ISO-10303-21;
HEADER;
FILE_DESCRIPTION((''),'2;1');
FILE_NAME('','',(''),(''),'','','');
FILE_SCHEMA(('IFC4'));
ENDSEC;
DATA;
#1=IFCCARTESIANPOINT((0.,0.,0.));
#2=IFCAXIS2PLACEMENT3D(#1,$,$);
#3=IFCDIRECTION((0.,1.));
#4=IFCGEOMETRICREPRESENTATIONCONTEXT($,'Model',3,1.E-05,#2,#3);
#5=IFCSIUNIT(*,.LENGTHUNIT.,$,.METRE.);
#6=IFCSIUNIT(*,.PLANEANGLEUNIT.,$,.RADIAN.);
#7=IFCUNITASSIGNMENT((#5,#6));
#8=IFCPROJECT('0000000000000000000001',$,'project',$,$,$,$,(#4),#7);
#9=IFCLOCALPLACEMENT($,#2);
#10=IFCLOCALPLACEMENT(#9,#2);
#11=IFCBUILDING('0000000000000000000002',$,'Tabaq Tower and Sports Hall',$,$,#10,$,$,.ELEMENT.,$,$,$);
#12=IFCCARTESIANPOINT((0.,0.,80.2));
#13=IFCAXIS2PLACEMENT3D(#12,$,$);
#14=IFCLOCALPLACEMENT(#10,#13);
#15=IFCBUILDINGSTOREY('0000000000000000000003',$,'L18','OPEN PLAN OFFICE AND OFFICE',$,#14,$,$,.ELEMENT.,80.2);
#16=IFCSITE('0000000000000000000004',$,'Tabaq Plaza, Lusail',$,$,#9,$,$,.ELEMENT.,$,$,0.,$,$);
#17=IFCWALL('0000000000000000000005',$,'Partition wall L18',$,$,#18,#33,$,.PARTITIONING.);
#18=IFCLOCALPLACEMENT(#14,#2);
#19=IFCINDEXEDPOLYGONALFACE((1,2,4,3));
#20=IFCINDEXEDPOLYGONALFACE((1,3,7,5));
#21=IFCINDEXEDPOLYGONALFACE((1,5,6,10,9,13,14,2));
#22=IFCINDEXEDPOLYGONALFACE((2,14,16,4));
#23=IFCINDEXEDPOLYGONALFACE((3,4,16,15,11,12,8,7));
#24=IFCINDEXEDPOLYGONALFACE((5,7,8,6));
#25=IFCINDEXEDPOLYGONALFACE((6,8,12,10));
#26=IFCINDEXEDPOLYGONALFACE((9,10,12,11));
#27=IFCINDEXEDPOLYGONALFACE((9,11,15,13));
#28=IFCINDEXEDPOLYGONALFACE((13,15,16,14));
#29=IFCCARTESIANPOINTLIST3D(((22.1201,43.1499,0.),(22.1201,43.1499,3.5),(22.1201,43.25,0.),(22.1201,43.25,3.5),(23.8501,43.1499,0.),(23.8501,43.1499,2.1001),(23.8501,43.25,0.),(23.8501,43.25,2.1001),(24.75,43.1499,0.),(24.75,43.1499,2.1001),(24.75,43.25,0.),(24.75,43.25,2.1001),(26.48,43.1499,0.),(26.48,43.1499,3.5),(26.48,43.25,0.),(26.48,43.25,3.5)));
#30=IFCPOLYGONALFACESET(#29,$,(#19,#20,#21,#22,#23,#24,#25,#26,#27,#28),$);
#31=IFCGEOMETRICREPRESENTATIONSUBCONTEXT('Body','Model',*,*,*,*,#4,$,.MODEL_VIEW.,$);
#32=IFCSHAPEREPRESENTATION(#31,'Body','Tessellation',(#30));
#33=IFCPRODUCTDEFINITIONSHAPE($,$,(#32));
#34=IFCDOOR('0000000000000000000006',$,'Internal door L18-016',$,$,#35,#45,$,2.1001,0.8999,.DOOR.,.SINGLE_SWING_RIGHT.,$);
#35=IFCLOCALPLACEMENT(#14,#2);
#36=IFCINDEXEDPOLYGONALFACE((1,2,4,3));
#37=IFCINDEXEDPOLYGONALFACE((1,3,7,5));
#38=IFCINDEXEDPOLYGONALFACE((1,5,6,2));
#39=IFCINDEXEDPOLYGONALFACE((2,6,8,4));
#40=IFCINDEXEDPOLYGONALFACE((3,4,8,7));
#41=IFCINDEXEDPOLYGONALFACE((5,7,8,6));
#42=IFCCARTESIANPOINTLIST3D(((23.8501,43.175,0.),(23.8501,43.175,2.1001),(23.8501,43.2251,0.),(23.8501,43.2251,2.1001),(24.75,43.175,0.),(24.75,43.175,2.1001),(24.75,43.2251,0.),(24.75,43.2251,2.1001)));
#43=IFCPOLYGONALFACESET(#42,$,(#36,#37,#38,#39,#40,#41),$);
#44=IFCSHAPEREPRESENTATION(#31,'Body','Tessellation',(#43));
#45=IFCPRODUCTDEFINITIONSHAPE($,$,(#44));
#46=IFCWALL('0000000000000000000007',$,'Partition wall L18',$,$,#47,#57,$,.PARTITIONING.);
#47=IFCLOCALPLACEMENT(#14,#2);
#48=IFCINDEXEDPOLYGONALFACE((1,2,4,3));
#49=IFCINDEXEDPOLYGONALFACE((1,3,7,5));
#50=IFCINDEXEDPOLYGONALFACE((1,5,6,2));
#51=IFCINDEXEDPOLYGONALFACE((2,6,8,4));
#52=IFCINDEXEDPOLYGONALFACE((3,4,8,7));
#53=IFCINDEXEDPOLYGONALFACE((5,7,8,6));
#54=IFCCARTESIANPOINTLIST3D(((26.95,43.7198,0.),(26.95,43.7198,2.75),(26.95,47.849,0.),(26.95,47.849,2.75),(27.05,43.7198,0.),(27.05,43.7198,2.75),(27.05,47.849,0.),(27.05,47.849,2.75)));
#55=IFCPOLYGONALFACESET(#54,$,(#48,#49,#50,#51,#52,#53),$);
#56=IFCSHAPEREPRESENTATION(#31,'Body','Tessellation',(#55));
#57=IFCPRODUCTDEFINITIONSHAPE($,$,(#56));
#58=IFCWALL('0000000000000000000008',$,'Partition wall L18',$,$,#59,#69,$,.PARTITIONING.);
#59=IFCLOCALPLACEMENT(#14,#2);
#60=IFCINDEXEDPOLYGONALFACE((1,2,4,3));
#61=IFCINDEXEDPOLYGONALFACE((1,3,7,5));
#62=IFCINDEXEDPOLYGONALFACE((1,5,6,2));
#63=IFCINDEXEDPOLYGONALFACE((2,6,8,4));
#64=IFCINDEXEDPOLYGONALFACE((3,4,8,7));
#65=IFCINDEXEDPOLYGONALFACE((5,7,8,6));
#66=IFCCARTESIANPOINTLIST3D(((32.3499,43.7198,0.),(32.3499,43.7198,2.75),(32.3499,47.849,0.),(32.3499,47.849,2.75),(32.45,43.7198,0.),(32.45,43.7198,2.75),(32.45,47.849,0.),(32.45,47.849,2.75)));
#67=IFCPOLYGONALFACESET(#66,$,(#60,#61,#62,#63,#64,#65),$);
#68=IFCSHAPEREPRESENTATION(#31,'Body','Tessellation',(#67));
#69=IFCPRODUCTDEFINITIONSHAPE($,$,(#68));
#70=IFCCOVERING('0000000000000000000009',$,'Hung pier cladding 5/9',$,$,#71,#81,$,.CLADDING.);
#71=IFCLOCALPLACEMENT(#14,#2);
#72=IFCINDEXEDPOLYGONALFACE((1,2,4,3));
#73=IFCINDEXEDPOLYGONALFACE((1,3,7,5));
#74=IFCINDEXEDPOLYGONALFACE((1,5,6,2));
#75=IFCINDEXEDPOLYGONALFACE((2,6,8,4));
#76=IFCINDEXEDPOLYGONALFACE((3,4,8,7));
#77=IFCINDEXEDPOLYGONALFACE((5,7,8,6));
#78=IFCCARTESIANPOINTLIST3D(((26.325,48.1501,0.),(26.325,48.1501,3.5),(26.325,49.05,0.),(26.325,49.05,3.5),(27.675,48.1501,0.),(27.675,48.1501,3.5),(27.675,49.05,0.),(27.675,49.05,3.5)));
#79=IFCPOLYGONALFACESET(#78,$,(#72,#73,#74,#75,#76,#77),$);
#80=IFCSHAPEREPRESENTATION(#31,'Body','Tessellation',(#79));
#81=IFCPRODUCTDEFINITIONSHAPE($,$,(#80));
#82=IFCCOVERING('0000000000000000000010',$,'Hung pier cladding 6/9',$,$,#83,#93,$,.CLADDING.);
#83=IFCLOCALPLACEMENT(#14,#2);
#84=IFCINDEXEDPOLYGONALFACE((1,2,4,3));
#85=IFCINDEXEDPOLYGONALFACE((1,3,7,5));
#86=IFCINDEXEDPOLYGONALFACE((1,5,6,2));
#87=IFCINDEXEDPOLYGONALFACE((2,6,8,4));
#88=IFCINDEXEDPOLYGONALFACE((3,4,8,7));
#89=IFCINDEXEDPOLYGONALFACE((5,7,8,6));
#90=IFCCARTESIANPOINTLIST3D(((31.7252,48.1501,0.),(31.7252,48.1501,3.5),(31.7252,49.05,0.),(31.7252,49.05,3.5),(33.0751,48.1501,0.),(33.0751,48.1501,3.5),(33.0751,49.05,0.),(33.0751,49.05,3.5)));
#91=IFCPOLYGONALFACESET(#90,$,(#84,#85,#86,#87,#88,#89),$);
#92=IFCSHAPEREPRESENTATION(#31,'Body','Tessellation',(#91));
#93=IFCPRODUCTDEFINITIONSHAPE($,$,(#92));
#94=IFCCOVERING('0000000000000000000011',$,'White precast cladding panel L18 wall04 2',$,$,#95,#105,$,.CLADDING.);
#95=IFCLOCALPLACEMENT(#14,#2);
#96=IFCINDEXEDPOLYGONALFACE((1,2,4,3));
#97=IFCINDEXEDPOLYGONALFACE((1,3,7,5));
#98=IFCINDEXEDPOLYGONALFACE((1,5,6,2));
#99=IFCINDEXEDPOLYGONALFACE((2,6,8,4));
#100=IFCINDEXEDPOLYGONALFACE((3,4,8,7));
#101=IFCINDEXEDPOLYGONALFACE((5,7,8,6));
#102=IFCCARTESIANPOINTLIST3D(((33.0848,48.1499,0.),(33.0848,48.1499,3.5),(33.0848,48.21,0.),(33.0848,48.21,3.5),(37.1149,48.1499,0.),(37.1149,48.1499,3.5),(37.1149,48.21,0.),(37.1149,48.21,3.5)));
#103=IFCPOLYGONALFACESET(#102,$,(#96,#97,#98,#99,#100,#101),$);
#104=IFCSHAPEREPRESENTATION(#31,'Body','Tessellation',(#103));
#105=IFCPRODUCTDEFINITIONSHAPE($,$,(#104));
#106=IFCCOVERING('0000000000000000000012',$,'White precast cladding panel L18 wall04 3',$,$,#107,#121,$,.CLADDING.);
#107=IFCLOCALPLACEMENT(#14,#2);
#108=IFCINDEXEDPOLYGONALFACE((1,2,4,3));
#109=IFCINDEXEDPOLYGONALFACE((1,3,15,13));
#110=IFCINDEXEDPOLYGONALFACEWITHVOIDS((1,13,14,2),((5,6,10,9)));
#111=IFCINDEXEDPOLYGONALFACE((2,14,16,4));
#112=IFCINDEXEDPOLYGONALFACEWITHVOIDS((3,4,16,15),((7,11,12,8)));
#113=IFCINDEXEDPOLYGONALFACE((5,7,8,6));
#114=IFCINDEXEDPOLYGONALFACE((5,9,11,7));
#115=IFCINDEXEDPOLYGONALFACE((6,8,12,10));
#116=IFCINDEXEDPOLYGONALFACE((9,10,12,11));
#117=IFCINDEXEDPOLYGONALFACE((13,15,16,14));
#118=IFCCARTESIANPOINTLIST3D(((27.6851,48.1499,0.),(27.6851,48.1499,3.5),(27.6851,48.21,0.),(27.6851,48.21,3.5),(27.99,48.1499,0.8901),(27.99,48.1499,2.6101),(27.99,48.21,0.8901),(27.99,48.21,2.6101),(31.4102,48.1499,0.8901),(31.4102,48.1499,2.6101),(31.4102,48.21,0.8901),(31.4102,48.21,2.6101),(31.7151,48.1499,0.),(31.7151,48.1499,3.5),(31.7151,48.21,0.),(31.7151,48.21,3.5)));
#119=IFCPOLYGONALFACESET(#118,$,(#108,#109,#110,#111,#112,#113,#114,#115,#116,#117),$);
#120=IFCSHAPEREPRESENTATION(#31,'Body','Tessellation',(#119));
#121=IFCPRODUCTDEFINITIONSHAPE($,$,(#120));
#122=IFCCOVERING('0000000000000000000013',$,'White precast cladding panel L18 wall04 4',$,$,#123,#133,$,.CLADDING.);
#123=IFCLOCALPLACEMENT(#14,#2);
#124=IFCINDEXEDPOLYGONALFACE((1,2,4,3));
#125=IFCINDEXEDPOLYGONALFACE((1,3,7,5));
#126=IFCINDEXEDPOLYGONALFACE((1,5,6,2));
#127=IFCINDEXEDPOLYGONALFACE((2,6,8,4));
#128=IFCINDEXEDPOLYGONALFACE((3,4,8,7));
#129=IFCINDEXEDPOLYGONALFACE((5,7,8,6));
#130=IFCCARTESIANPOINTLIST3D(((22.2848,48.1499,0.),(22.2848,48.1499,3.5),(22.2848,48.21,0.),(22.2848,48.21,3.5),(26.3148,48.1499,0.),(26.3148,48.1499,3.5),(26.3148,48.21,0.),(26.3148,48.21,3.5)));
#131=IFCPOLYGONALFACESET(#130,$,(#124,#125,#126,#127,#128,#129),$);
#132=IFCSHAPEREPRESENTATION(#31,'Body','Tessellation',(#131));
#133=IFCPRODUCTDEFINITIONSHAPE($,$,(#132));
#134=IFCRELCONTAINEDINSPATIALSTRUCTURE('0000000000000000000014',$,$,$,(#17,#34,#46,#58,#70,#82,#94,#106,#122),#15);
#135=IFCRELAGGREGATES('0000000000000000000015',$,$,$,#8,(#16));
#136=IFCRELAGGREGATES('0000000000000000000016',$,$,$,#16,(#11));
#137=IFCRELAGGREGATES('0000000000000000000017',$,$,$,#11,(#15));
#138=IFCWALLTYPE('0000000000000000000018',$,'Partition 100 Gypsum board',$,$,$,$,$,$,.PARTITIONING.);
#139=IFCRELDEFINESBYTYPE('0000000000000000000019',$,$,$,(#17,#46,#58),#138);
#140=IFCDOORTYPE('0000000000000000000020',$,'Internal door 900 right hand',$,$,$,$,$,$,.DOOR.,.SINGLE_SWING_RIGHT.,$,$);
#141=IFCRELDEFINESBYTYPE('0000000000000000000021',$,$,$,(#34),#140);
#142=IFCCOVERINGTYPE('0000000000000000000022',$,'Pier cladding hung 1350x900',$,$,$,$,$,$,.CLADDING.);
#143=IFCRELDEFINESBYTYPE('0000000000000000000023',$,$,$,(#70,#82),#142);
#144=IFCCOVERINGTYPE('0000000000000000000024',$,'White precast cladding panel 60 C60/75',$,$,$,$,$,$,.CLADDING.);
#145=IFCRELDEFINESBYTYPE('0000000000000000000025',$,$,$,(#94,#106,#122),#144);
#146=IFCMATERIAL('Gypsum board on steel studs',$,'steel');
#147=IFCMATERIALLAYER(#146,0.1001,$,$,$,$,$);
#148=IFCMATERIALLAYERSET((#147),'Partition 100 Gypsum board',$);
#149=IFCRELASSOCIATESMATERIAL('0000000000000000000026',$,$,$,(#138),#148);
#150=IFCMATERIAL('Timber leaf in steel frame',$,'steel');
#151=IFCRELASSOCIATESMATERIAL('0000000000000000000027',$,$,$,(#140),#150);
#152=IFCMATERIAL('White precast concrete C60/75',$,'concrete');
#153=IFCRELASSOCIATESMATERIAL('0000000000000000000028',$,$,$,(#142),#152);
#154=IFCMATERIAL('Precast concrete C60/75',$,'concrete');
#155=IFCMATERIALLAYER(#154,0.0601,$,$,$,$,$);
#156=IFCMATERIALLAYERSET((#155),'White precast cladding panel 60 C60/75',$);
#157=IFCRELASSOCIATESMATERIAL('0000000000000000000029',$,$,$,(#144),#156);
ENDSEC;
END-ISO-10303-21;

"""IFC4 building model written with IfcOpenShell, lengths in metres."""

from ifc_helpers import new_model, si_unit, direction, frame, frame_2d, origin, place, context, subcontext, project, spatial, polyline, rectangle, outline, extrude, material, layer, layer_set, type_object, element, fill, save


model = new_model("IFC4")

# Units and contexts
model_context = context("Model", 3, precision=1e-05, world=origin(), true_north=direction((0.0, 1.0)))
body_context = subcontext(model_context, "Body", "Model", "MODEL_VIEW")
ifc_project = project(units=[si_unit("LENGTHUNIT", "METRE"), si_unit("PLANEANGLEUNIT", "RADIAN")], contexts=[model_context])

# Site, building, storey
site_placement = place(None, origin())
site = spatial("IfcSite", under=ifc_project, at=site_placement, Name="Tabaq Plaza, Lusail", CompositionType="ELEMENT", RefElevation=0.0)
building_placement = place(site_placement, origin())
building = spatial("IfcBuilding", under=site, at=building_placement, Name="Tabaq Tower and Sports Hall", CompositionType="ELEMENT")
storey_placement = place(building_placement, frame((0.0, 0.0, 80.2)))
storey = spatial("IfcBuildingStorey", under=building, at=storey_placement, Name="L18", Description="OPEN PLAN OFFICE AND OFFICE", CompositionType="ELEMENT", Elevation=80.2)

# Shared definitions
ifc_material_1 = material(Name="Gypsum board on steel studs", Category="steel")
ifc_layer_1 = layer(ifc_material_1, 0.1001)
ifc_layer_set_1 = layer_set([ifc_layer_1], Name="Partition 100 Gypsum board")
wall_type = type_object("IfcWallType", Name="Partition 100 Gypsum board", PredefinedType="PARTITIONING", material=ifc_layer_set_1)

# Wall, opening, door
ifc_material_2 = material(Name="Timber leaf in steel frame", Category="steel")
door_type = type_object("IfcDoorType", Name="Internal door 900 right hand", OperationType="SINGLE_SWING_RIGHT", PredefinedType="DOOR", material=ifc_material_2)
wall_1_placement = place(storey_placement, frame((26.48, 43.2, 0.0), z_axis=(0.0, 0.0, 1.0), x_axis=(-1.0, 0.0, 0.0)))
wall_1 = element("IfcWall", 1, at=wall_1_placement, inside=storey, type_object=wall_type, Name="Partition wall L18", PredefinedType="PARTITIONING", context=body_context, shape_type="SweptSolid", body=[
    extrude(rectangle(XDim=4.3599, YDim=0.1001, at=frame_2d((2.1799, 0.0))), origin(), (0.0, 0.0, 1.0), 3.5),
])
opening_1_placement = place(wall_1_placement, frame((1.73, 0.0, 0.0)))
opening_1 = element("IfcOpeningElement", 2, at=opening_1_placement, cuts=wall_1, PredefinedType="OPENING", context=body_context, shape_type="SweptSolid", body=[
    extrude(rectangle(XDim=0.8999, YDim=2.1001, at=frame_2d((0.45, 1.05))), frame((0.0, 0.05, 0.0), z_axis=(0.0, -1.0, 0.0), x_axis=(1.0, 0.0, 0.0)), (0.0, 0.0, 1.0), 0.1001),
])
door_1_placement = place(opening_1_placement, origin())
door_1 = element("IfcDoor", 3, at=door_1_placement, inside=storey, type_object=door_type, Name="Internal door L18-016", OperationType="SINGLE_SWING_RIGHT", OverallHeight=2.1001, OverallWidth=0.8999, PredefinedType="DOOR", context=body_context, shape_type="SweptSolid", body=[
    extrude(rectangle(XDim=0.8999, YDim=2.1001, at=frame_2d((0.45, 1.05))), frame((0.0, 0.0249, 0.0), z_axis=(0.0, -1.0, 0.0), x_axis=(1.0, 0.0, 0.0)), (0.0, 0.0, 1.0), 0.05),
])
fill(opening_1, door_1)

# Walls
for number, where, z_axis, x_axis, name in (
    (4, (27.0, 43.72, 0.0), (0.0, 0.0, 1.0), (0.0, 1.0, 0.0), "Partition wall L18"),
    (5, (32.3999, 43.72, 0.0), (0.0, 0.0, 1.0), (0.0, 1.0, 0.0), "Partition wall L18"),
):
    element("IfcWall", number, at=place(storey_placement, frame(where, z_axis=z_axis, x_axis=x_axis)), inside=storey, type_object=wall_type, Name=name, PredefinedType="PARTITIONING", context=body_context, shape_type="SweptSolid", body=[
        extrude(rectangle(XDim=4.1292, YDim=0.1001, at=frame_2d((2.0645, 0.0))), origin(), (0.0, 0.0, 1.0), 2.75),
    ])

# Coverings
ifc_material_3 = material(Name="White precast concrete C60/75", Category="concrete")
covering_type_1 = type_object("IfcCoveringType", Name="Pier cladding hung 1350x900", PredefinedType="CLADDING", material=ifc_material_3)
covering_1_placement = place(storey_placement, frame((27.675, 48.6001, 0.0), z_axis=(0.0, 0.0, 1.0), x_axis=(-1.0, 0.0, 0.0)))
element("IfcCovering", 6, at=covering_1_placement, inside=storey, type_object=covering_type_1, Name="Hung pier cladding 5/9", PredefinedType="CLADDING", context=body_context, shape_type="SweptSolid", body=[
    extrude(rectangle(XDim=1.3501, YDim=0.8999, at=frame_2d((0.675, 0.0))), origin(), (0.0, 0.0, 1.0), 3.5),
])
covering_2_placement = place(storey_placement, frame((33.075, 48.6001, 0.0), z_axis=(0.0, 0.0, 1.0), x_axis=(-1.0, 0.0, 0.0)))
element("IfcCovering", 7, at=covering_2_placement, inside=storey, type_object=covering_type_1, Name="Hung pier cladding 6/9", PredefinedType="CLADDING", context=body_context, shape_type="SweptSolid", body=[
    extrude(rectangle(XDim=1.3499, YDim=0.8999, at=frame_2d((0.6748, 0.0))), origin(), (0.0, 0.0, 1.0), 3.5),
])
ifc_material_4 = material(Name="Precast concrete C60/75", Category="concrete")
ifc_layer_2 = layer(ifc_material_4, 0.0601)
ifc_layer_set_2 = layer_set([ifc_layer_2], Name="White precast cladding panel 60 C60/75")
covering_type_2 = type_object("IfcCoveringType", Name="White precast cladding panel 60 C60/75", PredefinedType="CLADDING", material=ifc_layer_set_2)
covering_3_placement = place(storey_placement, frame((37.115, 48.1799, 0.0), z_axis=(0.0, 0.0, 1.0), x_axis=(-1.0, 0.0, 0.0)))
element("IfcCovering", 8, at=covering_3_placement, inside=storey, type_object=covering_type_2, Name="White precast cladding panel L18 wall04 2", PredefinedType="CLADDING", context=body_context, shape_type="SweptSolid", body=[
    extrude(rectangle(XDim=4.03, YDim=0.0601, at=frame_2d((2.0151, 0.0))), origin(), (0.0, 0.0, 1.0), 3.5),
])
covering_4_placement = place(storey_placement, frame((31.7151, 48.1799, 0.0), z_axis=(0.0, 0.0, 1.0), x_axis=(-1.0, 0.0, 0.0)))
element("IfcCovering", 9, at=covering_4_placement, inside=storey, type_object=covering_type_2, Name="White precast cladding panel L18 wall04 3", PredefinedType="CLADDING", context=body_context, shape_type="SweptSolid", body=[
    extrude(outline(polyline([(0.0, 0.0), (4.03, 0.0), (4.03, 3.5), (0.0, 3.5), (0.0, 0.0)]), holes=[polyline([(0.3049, 0.8901), (0.3049, 2.6101), (3.7251, 2.6101), (3.7251, 0.8901), (0.3049, 0.8901)])]), frame((0.0, 0.03, 0.0), z_axis=(0.0, -1.0, 0.0), x_axis=(1.0, 0.0, 0.0)), (0.0, 0.0, 1.0), 0.0601),
])
covering_5_placement = place(storey_placement, frame((26.3149, 48.1799, 0.0), z_axis=(0.0, 0.0, 1.0), x_axis=(-1.0, 0.0, 0.0)))
element("IfcCovering", 10, at=covering_5_placement, inside=storey, type_object=covering_type_2, Name="White precast cladding panel L18 wall04 4", PredefinedType="CLADDING", context=body_context, shape_type="SweptSolid", body=[
    extrude(rectangle(XDim=4.03, YDim=0.0601, at=frame_2d((2.0151, 0.0))), origin(), (0.0, 0.0, 1.0), 3.5),
])

save(model, "model.ifc")
